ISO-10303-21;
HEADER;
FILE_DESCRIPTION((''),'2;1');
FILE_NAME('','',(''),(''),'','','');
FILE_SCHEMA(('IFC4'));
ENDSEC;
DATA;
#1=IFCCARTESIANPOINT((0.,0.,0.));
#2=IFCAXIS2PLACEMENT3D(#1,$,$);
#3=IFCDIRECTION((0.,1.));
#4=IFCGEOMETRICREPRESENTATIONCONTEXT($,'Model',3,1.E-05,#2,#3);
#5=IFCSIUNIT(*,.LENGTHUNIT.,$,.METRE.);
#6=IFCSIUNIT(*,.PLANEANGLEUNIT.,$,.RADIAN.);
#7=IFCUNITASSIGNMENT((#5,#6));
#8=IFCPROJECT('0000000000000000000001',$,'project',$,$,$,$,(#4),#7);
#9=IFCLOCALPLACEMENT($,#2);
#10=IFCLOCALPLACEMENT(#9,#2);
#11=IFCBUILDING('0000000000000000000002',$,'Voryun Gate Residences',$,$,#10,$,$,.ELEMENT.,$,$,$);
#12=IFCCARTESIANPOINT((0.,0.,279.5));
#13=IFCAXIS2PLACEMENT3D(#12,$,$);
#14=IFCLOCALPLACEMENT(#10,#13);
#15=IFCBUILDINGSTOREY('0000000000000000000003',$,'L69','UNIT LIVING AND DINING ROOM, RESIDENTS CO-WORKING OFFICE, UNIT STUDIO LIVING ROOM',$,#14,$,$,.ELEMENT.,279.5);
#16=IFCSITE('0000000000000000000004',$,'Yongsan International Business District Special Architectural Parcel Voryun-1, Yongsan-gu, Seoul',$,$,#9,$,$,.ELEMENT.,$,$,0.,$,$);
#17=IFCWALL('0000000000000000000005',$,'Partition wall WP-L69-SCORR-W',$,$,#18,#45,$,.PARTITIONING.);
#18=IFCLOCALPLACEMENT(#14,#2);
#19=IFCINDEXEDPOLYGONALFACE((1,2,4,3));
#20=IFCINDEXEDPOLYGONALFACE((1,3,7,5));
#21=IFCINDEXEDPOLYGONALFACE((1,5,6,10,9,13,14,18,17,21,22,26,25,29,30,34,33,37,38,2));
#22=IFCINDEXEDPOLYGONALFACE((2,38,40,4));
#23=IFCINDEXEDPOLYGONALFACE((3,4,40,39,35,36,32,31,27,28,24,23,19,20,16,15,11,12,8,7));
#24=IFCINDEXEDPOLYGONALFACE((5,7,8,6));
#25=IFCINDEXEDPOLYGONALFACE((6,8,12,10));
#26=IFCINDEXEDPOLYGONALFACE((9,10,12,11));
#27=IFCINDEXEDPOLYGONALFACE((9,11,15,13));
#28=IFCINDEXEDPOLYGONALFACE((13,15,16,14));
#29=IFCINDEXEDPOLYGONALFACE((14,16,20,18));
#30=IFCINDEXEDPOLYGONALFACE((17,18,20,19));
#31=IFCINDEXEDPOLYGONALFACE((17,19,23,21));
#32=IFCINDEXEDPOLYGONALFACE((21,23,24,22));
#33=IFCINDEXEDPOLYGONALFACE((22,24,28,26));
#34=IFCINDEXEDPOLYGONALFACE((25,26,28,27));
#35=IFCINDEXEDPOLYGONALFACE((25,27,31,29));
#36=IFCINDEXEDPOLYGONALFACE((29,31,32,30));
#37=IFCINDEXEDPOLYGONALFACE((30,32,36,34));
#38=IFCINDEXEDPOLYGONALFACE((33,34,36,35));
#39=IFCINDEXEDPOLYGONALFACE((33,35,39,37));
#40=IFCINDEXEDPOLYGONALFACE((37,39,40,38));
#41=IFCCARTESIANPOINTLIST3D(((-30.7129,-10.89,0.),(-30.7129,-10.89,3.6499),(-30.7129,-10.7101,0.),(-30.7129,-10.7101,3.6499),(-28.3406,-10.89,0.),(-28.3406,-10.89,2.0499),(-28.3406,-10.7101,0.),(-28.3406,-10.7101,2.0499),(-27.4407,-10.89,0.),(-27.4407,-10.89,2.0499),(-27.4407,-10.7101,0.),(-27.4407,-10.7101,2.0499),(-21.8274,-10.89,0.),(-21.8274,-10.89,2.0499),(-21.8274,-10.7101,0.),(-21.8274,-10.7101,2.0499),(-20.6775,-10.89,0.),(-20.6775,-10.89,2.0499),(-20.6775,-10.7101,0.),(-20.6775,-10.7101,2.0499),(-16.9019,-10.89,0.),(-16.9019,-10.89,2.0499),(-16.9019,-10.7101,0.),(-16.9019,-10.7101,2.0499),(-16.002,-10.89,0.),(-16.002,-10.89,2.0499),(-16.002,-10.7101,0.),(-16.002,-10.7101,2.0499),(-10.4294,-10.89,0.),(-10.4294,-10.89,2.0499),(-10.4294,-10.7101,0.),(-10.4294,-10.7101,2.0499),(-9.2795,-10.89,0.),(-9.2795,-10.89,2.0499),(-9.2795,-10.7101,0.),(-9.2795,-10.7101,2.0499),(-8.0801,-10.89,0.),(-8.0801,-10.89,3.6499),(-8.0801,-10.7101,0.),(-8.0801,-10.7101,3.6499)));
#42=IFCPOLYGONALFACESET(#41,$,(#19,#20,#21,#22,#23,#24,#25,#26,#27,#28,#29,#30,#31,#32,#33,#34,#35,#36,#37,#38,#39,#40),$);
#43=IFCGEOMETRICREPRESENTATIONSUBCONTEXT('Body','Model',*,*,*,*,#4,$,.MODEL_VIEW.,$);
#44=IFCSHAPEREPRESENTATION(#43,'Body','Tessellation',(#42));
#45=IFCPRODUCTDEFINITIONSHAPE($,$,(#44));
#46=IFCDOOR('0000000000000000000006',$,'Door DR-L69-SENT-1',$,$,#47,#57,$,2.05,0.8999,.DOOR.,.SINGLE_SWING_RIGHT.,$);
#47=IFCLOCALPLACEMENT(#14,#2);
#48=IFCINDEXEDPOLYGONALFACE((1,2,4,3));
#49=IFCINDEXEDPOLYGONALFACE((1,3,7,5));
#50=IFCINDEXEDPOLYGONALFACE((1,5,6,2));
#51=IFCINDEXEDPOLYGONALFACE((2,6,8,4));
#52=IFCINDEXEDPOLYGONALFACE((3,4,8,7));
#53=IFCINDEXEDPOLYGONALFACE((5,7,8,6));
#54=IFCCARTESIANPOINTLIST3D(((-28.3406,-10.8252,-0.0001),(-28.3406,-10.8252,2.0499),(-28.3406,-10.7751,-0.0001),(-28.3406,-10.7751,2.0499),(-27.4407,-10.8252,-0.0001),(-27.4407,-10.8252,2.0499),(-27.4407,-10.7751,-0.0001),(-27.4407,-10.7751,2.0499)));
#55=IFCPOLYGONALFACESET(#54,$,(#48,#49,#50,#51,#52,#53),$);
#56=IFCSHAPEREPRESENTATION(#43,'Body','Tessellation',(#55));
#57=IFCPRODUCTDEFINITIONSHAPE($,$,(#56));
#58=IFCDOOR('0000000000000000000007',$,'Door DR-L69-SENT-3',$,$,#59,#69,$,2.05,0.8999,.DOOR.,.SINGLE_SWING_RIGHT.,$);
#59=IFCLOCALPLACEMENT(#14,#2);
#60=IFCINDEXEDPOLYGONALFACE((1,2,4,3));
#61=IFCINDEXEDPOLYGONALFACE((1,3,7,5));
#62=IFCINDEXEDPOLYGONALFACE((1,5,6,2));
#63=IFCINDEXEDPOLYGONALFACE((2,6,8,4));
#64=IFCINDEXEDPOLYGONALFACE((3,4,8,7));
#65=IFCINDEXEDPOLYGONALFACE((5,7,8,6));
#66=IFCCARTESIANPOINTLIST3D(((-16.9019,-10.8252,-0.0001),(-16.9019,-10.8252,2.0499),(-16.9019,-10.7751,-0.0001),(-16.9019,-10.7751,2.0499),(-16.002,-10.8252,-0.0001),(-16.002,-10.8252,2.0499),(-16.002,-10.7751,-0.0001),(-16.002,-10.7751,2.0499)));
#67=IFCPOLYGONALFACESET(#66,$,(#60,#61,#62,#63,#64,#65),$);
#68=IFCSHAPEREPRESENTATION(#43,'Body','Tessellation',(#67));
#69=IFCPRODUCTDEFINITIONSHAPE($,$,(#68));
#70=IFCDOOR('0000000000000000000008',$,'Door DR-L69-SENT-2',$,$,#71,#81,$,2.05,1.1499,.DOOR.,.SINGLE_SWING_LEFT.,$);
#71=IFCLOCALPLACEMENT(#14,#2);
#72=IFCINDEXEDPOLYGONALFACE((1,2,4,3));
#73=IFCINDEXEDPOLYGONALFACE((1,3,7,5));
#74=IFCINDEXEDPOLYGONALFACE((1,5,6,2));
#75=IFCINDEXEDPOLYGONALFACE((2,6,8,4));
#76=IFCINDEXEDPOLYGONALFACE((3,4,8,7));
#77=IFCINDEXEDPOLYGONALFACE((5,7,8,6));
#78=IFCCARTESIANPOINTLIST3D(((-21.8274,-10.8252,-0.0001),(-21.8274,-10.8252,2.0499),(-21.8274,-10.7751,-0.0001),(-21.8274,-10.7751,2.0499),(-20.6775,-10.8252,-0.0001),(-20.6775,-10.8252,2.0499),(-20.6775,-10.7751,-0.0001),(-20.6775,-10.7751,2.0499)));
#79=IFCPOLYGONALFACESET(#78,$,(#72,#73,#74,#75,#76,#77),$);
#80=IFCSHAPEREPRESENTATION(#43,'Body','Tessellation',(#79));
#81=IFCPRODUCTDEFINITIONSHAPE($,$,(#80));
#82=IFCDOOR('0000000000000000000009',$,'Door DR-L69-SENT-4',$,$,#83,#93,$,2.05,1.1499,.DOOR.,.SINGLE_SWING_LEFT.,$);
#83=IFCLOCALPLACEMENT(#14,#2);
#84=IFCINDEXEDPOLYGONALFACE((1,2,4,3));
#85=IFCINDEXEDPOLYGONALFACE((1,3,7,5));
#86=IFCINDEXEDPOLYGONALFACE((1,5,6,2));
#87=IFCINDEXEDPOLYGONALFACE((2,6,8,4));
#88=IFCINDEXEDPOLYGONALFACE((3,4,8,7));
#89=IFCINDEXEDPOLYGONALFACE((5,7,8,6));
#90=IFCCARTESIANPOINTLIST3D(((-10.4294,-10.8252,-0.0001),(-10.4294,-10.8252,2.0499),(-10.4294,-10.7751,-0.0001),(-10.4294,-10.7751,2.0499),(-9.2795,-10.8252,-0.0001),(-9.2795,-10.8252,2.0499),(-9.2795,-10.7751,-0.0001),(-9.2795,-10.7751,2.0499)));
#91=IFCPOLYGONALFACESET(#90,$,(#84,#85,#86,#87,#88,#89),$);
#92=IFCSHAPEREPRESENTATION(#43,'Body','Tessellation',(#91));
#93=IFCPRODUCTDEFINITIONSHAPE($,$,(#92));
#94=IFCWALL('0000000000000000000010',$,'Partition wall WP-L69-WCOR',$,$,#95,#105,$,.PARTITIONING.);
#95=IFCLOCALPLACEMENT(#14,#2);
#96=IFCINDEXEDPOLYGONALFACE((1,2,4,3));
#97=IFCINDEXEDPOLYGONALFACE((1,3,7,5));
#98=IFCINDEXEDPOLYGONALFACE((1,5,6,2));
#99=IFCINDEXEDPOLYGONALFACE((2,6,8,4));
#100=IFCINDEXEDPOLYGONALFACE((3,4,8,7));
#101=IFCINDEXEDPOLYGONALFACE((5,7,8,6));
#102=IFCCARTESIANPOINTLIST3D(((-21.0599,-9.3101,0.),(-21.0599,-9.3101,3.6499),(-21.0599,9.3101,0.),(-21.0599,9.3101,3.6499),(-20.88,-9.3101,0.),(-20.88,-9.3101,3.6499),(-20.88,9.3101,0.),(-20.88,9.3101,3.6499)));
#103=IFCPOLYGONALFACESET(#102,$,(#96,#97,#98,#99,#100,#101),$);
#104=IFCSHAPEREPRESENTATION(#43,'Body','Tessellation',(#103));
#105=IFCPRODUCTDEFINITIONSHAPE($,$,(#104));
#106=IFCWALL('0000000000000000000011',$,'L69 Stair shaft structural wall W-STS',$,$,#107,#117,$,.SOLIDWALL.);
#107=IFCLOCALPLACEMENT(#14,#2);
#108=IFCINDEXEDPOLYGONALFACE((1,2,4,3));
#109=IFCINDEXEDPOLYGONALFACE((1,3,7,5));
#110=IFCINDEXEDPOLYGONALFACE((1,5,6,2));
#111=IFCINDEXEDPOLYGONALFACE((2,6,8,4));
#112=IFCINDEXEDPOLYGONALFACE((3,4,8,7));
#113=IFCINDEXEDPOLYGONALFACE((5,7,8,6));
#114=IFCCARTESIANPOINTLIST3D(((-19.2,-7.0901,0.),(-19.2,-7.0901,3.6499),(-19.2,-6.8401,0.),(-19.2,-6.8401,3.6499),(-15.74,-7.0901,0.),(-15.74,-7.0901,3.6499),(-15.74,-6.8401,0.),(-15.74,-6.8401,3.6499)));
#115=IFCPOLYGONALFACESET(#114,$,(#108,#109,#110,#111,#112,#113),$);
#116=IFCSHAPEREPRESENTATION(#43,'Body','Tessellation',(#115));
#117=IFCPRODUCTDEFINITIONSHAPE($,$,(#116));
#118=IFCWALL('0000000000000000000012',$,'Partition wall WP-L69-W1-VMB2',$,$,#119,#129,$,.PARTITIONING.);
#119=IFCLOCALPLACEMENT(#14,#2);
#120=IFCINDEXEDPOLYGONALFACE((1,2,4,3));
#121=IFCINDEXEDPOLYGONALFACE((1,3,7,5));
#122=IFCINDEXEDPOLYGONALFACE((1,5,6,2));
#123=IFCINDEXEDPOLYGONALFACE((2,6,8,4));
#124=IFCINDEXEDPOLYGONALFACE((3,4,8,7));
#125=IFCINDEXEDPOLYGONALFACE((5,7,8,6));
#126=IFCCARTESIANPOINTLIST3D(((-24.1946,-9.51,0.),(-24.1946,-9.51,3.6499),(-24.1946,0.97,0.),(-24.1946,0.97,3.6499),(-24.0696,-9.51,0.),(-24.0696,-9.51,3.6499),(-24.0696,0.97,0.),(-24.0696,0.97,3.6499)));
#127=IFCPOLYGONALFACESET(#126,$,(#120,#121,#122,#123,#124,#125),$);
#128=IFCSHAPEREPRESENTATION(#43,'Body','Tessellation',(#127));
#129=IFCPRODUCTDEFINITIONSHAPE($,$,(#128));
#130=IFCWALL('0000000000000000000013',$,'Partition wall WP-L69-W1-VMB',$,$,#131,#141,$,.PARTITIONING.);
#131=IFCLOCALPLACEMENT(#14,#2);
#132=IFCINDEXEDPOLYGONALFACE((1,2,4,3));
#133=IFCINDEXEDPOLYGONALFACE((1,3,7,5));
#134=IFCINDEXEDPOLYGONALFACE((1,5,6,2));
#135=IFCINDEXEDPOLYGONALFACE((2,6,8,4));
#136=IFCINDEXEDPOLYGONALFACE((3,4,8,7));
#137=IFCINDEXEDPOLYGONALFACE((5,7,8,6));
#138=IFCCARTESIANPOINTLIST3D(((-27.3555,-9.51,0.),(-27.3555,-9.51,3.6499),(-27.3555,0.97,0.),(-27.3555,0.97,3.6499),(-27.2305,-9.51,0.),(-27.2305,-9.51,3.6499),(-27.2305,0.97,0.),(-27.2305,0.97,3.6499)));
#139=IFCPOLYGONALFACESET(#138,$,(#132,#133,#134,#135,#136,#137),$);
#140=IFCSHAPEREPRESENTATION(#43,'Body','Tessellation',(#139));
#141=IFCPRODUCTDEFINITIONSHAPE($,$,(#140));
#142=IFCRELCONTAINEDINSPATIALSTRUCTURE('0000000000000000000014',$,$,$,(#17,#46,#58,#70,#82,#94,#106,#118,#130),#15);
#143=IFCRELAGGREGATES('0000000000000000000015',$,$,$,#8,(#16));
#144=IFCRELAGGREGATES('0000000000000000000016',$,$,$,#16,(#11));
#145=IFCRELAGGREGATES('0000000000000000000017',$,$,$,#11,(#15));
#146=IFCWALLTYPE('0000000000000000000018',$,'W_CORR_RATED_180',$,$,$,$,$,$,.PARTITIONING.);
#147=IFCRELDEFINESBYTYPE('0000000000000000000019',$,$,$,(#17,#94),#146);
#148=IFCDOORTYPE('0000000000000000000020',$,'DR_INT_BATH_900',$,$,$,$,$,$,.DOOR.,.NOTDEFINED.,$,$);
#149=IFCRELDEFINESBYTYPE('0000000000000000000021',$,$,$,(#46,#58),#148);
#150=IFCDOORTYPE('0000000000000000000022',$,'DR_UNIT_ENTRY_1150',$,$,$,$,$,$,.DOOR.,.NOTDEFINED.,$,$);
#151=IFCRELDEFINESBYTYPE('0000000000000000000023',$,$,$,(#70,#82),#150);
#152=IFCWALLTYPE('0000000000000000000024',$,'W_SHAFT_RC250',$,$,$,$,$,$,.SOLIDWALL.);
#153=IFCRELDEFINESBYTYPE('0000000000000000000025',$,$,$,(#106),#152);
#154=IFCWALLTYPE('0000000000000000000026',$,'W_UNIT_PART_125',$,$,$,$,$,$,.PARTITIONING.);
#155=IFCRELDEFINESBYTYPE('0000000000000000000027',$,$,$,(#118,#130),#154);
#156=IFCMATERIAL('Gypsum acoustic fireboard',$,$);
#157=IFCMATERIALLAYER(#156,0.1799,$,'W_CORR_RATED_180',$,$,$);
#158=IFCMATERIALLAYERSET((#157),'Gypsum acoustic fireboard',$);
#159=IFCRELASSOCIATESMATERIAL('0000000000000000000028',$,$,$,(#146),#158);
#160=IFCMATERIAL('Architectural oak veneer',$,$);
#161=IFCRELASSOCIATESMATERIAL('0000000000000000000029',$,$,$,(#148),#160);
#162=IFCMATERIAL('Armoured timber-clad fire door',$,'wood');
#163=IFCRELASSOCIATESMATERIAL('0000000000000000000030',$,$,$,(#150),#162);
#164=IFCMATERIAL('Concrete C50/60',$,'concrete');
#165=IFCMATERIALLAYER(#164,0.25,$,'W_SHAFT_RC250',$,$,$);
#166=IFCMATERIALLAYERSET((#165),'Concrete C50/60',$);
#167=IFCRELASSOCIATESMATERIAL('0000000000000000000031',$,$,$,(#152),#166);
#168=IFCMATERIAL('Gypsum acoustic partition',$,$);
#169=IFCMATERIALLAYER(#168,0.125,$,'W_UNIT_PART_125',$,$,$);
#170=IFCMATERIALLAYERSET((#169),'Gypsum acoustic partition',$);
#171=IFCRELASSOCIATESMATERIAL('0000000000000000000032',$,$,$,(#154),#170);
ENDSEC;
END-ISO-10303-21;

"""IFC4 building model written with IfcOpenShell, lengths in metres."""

from ifc_helpers import new_model, si_unit, direction, frame, frame_2d, origin, place, context, subcontext, project, spatial, rectangle, extrude, material, layer, layer_set, type_object, element, fill, save


model = new_model("IFC4")

# Units and contexts
model_context = context("Model", 3, precision=1e-05, world=origin(), true_north=direction((0.0, 1.0)))
body_context = subcontext(model_context, "Body", "Model", "MODEL_VIEW")
ifc_project = project(units=[si_unit("LENGTHUNIT", "METRE"), si_unit("PLANEANGLEUNIT", "RADIAN")], contexts=[model_context])

# Site, building, storey
site_placement = place(None, origin())
site = spatial("IfcSite", under=ifc_project, at=site_placement, Name="Yongsan International Business District Special Architectural Parcel Voryun-1, Yongsan-gu, Seoul", CompositionType="ELEMENT", RefElevation=0.0)
building_placement = place(site_placement, origin())
building = spatial("IfcBuilding", under=site, at=building_placement, Name="Voryun Gate Residences", CompositionType="ELEMENT")
storey_placement = place(building_placement, frame((0.0, 0.0, 279.5)))
storey = spatial("IfcBuildingStorey", under=building, at=storey_placement, Name="L69", Description="UNIT LIVING AND DINING ROOM, RESIDENTS CO-WORKING OFFICE, UNIT STUDIO LIVING ROOM", CompositionType="ELEMENT", Elevation=279.5)

# Shared definitions
ifc_material_1 = material(Name="Gypsum acoustic fireboard")
ifc_layer_1 = layer(ifc_material_1, 0.1799, Name="W_CORR_RATED_180")
ifc_layer_set_1 = layer_set([ifc_layer_1], Name="Gypsum acoustic fireboard")
wall_type_1 = type_object("IfcWallType", Name="W_CORR_RATED_180", PredefinedType="PARTITIONING", material=ifc_layer_set_1)

# Wall, openings, doors
wall_1_placement = place(storey_placement, frame((-30.7129, -10.8, 0.0), z_axis=(0.0, 0.0, 1.0), x_axis=(1.0, 0.0, 0.0)))
wall_1 = element("IfcWall", 1, at=wall_1_placement, inside=storey, type_object=wall_type_1, Name="Partition wall WP-L69-SCORR-W", PredefinedType="PARTITIONING", context=body_context, shape_type="SweptSolid", body=[
    extrude(rectangle(XDim=22.6328, YDim=0.1799, at=frame_2d((11.3164, 0.0))), origin(), (0.0, 0.0, 1.0), 3.6499),
])
opening_1_placement = place(wall_1_placement, frame((2.3723, 0.0, 0.0)))
opening_1 = element("IfcOpeningElement", 2, at=opening_1_placement, cuts=wall_1, PredefinedType="OPENING", context=body_context, shape_type="SweptSolid", body=[
    extrude(rectangle(XDim=0.8999, YDim=2.05, at=frame_2d((0.45, 1.0249))), frame((0.0, 0.0999, 0.0), z_axis=(0.0, -1.0, 0.0), x_axis=(1.0, 0.0, 0.0)), (0.0, 0.0, 1.0), 0.2),
])
opening_2_placement = place(wall_1_placement, frame((8.8855, 0.0, 0.0)))
opening_2 = element("IfcOpeningElement", 3, at=opening_2_placement, cuts=wall_1, PredefinedType="OPENING", context=body_context, shape_type="SweptSolid", body=[
    extrude(rectangle(XDim=1.1499, YDim=2.05, at=frame_2d((0.575, 1.0249))), frame((0.0, 0.0999, 0.0), z_axis=(0.0, -1.0, 0.0), x_axis=(1.0, 0.0, 0.0)), (0.0, 0.0, 1.0), 0.2),
])
opening_3_placement = place(wall_1_placement, frame((13.811, 0.0, 0.0)))
opening_3 = element("IfcOpeningElement", 4, at=opening_3_placement, cuts=wall_1, PredefinedType="OPENING", context=body_context, shape_type="SweptSolid", body=[
    extrude(rectangle(XDim=0.8999, YDim=2.05, at=frame_2d((0.45, 1.0249))), frame((0.0, 0.0999, 0.0), z_axis=(0.0, -1.0, 0.0), x_axis=(1.0, 0.0, 0.0)), (0.0, 0.0, 1.0), 0.2),
])
opening_4_placement = place(wall_1_placement, frame((20.2834, 0.0, 0.0)))
opening_4 = element("IfcOpeningElement", 5, at=opening_4_placement, cuts=wall_1, PredefinedType="OPENING", context=body_context, shape_type="SweptSolid", body=[
    extrude(rectangle(XDim=1.1499, YDim=2.05, at=frame_2d((0.575, 1.0249))), frame((0.0, 0.0999, 0.0), z_axis=(0.0, -1.0, 0.0), x_axis=(1.0, 0.0, 0.0)), (0.0, 0.0, 1.0), 0.2),
])
ifc_material_2 = material(Name="Architectural oak veneer")
door_type_1 = type_object("IfcDoorType", Name="DR_INT_BATH_900", OperationType="NOTDEFINED", PredefinedType="DOOR", material=ifc_material_2)
door_1_placement = place(opening_1_placement, origin())
door_1 = element("IfcDoor", 6, at=door_1_placement, inside=storey, type_object=door_type_1, Name="Door DR-L69-SENT-1", OperationType="SINGLE_SWING_RIGHT", OverallHeight=2.05, OverallWidth=0.8999, PredefinedType="DOOR", context=body_context, shape_type="SweptSolid", body=[
    extrude(rectangle(XDim=0.8999, YDim=2.05, at=frame_2d((0.45, 1.0249))), frame((0.0, 0.0249, 0.0), z_axis=(0.0, -1.0, 0.0), x_axis=(1.0, 0.0, 0.0)), (0.0, 0.0, 1.0), 0.05),
])
fill(opening_1, door_1)
door_2_placement = place(opening_3_placement, origin())
door_2 = element("IfcDoor", 7, at=door_2_placement, inside=storey, type_object=door_type_1, Name="Door DR-L69-SENT-3", OperationType="SINGLE_SWING_RIGHT", OverallHeight=2.05, OverallWidth=0.8999, PredefinedType="DOOR", context=body_context, shape_type="SweptSolid", body=[
    extrude(rectangle(XDim=0.8999, YDim=2.05, at=frame_2d((0.45, 1.0249))), frame((0.0, 0.0249, 0.0), z_axis=(0.0, -1.0, 0.0), x_axis=(1.0, 0.0, 0.0)), (0.0, 0.0, 1.0), 0.05),
])
fill(opening_3, door_2)
ifc_material_3 = material(Name="Armoured timber-clad fire door", Category="wood")
door_type_2 = type_object("IfcDoorType", Name="DR_UNIT_ENTRY_1150", OperationType="NOTDEFINED", PredefinedType="DOOR", material=ifc_material_3)
door_3_placement = place(opening_2_placement, origin())
door_3 = element("IfcDoor", 8, at=door_3_placement, inside=storey, type_object=door_type_2, Name="Door DR-L69-SENT-2", OperationType="SINGLE_SWING_LEFT", OverallHeight=2.05, OverallWidth=1.1499, PredefinedType="DOOR", context=body_context, shape_type="SweptSolid", body=[
    extrude(rectangle(XDim=1.1499, YDim=2.05, at=frame_2d((0.575, 1.0249))), frame((0.0, 0.0249, 0.0), z_axis=(0.0, -1.0, 0.0), x_axis=(1.0, 0.0, 0.0)), (0.0, 0.0, 1.0), 0.05),
])
fill(opening_2, door_3)
door_4_placement = place(opening_4_placement, origin())
door_4 = element("IfcDoor", 9, at=door_4_placement, inside=storey, type_object=door_type_2, Name="Door DR-L69-SENT-4", OperationType="SINGLE_SWING_LEFT", OverallHeight=2.05, OverallWidth=1.1499, PredefinedType="DOOR", context=body_context, shape_type="SweptSolid", body=[
    extrude(rectangle(XDim=1.1499, YDim=2.05, at=frame_2d((0.575, 1.0249))), frame((0.0, 0.0249, 0.0), z_axis=(0.0, -1.0, 0.0), x_axis=(1.0, 0.0, 0.0)), (0.0, 0.0, 1.0), 0.05),
])
fill(opening_4, door_4)

# Walls
wall_2_placement = place(storey_placement, frame((-20.97, -9.3101, 0.0), z_axis=(0.0, 0.0, 1.0), x_axis=(0.0, 1.0, 0.0)))
element("IfcWall", 10, at=wall_2_placement, inside=storey, type_object=wall_type_1, Name="Partition wall WP-L69-WCOR", PredefinedType="PARTITIONING", context=body_context, shape_type="SweptSolid", body=[
    extrude(rectangle(XDim=18.6201, YDim=0.1799, at=frame_2d((9.3101, 0.0))), origin(), (0.0, 0.0, 1.0), 3.6499),
])
ifc_material_4 = material(Name="Concrete C50/60", Category="concrete")
ifc_layer_2 = layer(ifc_material_4, 0.25, Name="W_SHAFT_RC250")
ifc_layer_set_2 = layer_set([ifc_layer_2], Name="Concrete C50/60")
wall_type_2 = type_object("IfcWallType", Name="W_SHAFT_RC250", PredefinedType="SOLIDWALL", material=ifc_layer_set_2)
wall_3_placement = place(storey_placement, frame((-19.2, -6.9651, 0.0), z_axis=(0.0, 0.0, 1.0), x_axis=(1.0, 0.0, 0.0)))
element("IfcWall", 11, at=wall_3_placement, inside=storey, type_object=wall_type_2, Name="L69 Stair shaft structural wall W-STS", PredefinedType="SOLIDWALL", context=body_context, shape_type="SweptSolid", body=[
    extrude(rectangle(XDim=3.46, YDim=0.25, at=frame_2d((1.73, 0.0))), origin(), (0.0, 0.0, 1.0), 3.6499),
])
ifc_material_5 = material(Name="Gypsum acoustic partition")
ifc_layer_3 = layer(ifc_material_5, 0.125, Name="W_UNIT_PART_125")
ifc_layer_set_3 = layer_set([ifc_layer_3], Name="Gypsum acoustic partition")
wall_type_3 = type_object("IfcWallType", Name="W_UNIT_PART_125", PredefinedType="PARTITIONING", material=ifc_layer_set_3)
for number, where, z_axis, x_axis, name in (
    (12, (-24.1321, -9.51, 0.0), (0.0, 0.0, 1.0), (0.0, 1.0, 0.0), "Partition wall WP-L69-W1-VMB2"),
    (13, (-27.293, -9.51, 0.0), (0.0, 0.0, 1.0), (0.0, 1.0, 0.0), "Partition wall WP-L69-W1-VMB"),
):
    element("IfcWall", number, at=place(storey_placement, frame(where, z_axis=z_axis, x_axis=x_axis)), inside=storey, type_object=wall_type_3, Name=name, PredefinedType="PARTITIONING", context=body_context, shape_type="SweptSolid", body=[
        extrude(rectangle(XDim=10.48, YDim=0.125, at=frame_2d((5.24, 0.0))), origin(), (0.0, 0.0, 1.0), 3.6499),
    ])

save(model, "model.ifc")
